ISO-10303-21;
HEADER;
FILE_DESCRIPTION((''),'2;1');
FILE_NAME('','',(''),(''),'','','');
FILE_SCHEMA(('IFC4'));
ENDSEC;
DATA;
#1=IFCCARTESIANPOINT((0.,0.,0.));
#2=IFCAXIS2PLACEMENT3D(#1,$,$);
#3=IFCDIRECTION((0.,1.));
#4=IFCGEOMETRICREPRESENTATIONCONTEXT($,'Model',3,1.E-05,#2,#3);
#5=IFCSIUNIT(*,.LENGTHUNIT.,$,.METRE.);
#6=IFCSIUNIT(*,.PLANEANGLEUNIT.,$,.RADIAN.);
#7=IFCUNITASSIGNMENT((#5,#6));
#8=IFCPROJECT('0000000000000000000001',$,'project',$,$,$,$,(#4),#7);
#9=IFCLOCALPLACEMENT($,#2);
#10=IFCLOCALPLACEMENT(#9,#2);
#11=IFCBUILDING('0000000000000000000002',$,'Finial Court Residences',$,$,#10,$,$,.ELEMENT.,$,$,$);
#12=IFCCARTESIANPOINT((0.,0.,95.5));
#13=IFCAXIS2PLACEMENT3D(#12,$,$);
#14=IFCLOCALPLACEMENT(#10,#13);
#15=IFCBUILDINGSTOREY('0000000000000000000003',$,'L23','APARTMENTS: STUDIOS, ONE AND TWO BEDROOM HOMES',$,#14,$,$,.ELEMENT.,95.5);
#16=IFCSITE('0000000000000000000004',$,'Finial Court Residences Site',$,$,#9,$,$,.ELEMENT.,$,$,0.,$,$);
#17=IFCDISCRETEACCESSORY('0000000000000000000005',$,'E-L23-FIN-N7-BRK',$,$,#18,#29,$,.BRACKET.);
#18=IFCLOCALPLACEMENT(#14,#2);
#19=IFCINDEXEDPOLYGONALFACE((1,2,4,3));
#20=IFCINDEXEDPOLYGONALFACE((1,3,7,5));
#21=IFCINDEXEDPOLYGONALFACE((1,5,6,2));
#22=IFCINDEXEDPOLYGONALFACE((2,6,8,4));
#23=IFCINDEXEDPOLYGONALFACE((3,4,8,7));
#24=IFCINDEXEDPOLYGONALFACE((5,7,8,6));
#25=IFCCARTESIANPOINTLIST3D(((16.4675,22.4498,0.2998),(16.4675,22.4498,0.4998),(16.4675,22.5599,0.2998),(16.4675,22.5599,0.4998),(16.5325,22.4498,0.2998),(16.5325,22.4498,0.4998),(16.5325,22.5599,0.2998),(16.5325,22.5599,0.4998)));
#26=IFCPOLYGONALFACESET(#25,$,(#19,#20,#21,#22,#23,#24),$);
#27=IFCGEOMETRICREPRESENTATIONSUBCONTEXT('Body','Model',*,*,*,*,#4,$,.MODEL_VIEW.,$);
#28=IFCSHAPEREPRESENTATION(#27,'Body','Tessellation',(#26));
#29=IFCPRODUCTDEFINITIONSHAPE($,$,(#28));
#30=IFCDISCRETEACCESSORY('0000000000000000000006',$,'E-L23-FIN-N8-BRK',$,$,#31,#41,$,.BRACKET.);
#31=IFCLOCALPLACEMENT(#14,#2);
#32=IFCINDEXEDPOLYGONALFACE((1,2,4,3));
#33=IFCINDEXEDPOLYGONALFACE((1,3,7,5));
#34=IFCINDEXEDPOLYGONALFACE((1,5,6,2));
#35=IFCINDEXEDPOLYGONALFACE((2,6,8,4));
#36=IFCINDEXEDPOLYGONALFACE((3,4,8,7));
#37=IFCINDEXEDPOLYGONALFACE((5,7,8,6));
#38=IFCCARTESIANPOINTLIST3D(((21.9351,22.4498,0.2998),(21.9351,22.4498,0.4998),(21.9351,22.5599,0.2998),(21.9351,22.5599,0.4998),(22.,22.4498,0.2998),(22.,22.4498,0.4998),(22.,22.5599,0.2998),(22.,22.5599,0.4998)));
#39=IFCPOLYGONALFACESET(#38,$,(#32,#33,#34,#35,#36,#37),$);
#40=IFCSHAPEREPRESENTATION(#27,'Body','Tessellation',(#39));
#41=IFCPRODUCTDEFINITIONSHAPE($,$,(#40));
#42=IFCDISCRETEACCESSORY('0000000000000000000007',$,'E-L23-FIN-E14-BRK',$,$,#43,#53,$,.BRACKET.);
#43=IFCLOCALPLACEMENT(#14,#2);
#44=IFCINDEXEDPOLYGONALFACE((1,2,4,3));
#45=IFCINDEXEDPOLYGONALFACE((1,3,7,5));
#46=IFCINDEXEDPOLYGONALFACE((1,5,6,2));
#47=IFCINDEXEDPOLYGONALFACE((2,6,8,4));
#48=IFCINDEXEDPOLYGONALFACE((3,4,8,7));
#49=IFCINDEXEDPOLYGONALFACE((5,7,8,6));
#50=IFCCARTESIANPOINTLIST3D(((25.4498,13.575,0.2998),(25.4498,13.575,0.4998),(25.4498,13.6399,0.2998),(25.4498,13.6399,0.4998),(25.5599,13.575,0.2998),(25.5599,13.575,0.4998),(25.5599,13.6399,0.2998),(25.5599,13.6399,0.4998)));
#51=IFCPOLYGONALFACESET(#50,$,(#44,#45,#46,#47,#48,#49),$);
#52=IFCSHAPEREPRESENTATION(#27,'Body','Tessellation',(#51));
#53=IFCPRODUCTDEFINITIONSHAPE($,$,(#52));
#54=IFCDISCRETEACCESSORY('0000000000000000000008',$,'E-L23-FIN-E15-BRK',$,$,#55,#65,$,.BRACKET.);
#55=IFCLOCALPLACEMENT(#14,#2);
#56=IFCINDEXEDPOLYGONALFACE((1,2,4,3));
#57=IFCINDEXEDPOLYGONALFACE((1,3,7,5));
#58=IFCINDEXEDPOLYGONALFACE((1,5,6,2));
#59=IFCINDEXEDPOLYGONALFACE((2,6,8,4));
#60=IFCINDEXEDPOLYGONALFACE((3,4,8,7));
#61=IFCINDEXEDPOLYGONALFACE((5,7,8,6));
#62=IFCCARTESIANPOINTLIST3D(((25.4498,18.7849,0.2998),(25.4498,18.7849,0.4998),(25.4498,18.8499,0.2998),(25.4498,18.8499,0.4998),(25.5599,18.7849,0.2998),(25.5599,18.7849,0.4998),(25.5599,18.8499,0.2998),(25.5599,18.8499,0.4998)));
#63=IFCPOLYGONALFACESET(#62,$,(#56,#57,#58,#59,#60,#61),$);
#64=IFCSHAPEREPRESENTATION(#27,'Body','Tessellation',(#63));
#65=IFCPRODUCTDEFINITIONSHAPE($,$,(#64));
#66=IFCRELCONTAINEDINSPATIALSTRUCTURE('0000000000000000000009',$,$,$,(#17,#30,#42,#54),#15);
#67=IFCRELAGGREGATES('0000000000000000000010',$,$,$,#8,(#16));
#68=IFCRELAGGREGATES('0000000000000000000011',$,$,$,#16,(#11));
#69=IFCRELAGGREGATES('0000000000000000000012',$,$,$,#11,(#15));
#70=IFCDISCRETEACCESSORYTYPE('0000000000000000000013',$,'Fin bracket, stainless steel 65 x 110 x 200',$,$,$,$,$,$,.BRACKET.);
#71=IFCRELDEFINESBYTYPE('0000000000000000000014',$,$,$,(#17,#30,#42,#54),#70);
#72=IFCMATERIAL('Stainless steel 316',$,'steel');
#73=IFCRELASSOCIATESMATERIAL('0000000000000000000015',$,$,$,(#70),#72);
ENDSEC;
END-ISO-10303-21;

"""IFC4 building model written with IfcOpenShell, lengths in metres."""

from ifc_helpers import new_model, si_unit, direction, frame, origin, origin_2d, place, context, subcontext, project, spatial, rectangle, extrude, material, type_object, element, save


model = new_model("IFC4")

# Units and contexts
model_context = context("Model", 3, precision=1e-05, world=origin(), true_north=direction((0.0, 1.0)))
body_context = subcontext(model_context, "Body", "Model", "MODEL_VIEW")
ifc_project = project(units=[si_unit("LENGTHUNIT", "METRE"), si_unit("PLANEANGLEUNIT", "RADIAN")], contexts=[model_context])

# Site, building, storey
site_placement = place(None, origin())
site = spatial("IfcSite", under=ifc_project, at=site_placement, Name="Finial Court Residences Site", CompositionType="ELEMENT", RefElevation=0.0)
building_placement = place(site_placement, origin())
building = spatial("IfcBuilding", under=site, at=building_placement, Name="Finial Court Residences", CompositionType="ELEMENT")
storey_placement = place(building_placement, frame((0.0, 0.0, 95.5)))
storey = spatial("IfcBuildingStorey", under=building, at=storey_placement, Name="L23", Description="APARTMENTS: STUDIOS, ONE AND TWO BEDROOM HOMES", CompositionType="ELEMENT", Elevation=95.5)

# Discrete accessories
ifc_material_1 = material(Name="Stainless steel 316", Category="steel")
discrete_accessory_type = type_object("IfcDiscreteAccessoryType", Name="Fin bracket, stainless steel 65 x 110 x 200", PredefinedType="BRACKET", material=ifc_material_1)
for number, where, z_axis, x_axis, name in (
    (1, (16.5, 22.5049, 0.2998), (0.0, 0.0, 1.0), (1.0, 0.0, 0.0), "E-L23-FIN-N7-BRK"),
    (2, (21.9675, 22.5049, 0.2998), (0.0, 0.0, 1.0), (1.0, 0.0, 0.0), "E-L23-FIN-N8-BRK"),
):
    element("IfcDiscreteAccessory", number, at=place(storey_placement, frame(where, z_axis=z_axis, x_axis=x_axis)), inside=storey, type_object=discrete_accessory_type, Name=name, PredefinedType="BRACKET", context=body_context, shape_type="SweptSolid", body=[
        extrude(rectangle(XDim=0.0649, YDim=0.1101, at=origin_2d()), origin(), (0.0, 0.0, 1.0), 0.2),
    ])
for number, where, z_axis, x_axis, name in (
    (3, (25.5049, 13.6074, 0.2998), (0.0, 0.0, 1.0), (1.0, 0.0, 0.0), "E-L23-FIN-E14-BRK"),
    (4, (25.5049, 18.8174, 0.2998), (0.0, 0.0, 1.0), (1.0, 0.0, 0.0), "E-L23-FIN-E15-BRK"),
):
    element("IfcDiscreteAccessory", number, at=place(storey_placement, frame(where, z_axis=z_axis, x_axis=x_axis)), inside=storey, type_object=discrete_accessory_type, Name=name, PredefinedType="BRACKET", context=body_context, shape_type="SweptSolid", body=[
        extrude(rectangle(XDim=0.1101, YDim=0.0649, at=origin_2d()), origin(), (0.0, 0.0, 1.0), 0.2),
    ])

save(model, "model.ifc")
